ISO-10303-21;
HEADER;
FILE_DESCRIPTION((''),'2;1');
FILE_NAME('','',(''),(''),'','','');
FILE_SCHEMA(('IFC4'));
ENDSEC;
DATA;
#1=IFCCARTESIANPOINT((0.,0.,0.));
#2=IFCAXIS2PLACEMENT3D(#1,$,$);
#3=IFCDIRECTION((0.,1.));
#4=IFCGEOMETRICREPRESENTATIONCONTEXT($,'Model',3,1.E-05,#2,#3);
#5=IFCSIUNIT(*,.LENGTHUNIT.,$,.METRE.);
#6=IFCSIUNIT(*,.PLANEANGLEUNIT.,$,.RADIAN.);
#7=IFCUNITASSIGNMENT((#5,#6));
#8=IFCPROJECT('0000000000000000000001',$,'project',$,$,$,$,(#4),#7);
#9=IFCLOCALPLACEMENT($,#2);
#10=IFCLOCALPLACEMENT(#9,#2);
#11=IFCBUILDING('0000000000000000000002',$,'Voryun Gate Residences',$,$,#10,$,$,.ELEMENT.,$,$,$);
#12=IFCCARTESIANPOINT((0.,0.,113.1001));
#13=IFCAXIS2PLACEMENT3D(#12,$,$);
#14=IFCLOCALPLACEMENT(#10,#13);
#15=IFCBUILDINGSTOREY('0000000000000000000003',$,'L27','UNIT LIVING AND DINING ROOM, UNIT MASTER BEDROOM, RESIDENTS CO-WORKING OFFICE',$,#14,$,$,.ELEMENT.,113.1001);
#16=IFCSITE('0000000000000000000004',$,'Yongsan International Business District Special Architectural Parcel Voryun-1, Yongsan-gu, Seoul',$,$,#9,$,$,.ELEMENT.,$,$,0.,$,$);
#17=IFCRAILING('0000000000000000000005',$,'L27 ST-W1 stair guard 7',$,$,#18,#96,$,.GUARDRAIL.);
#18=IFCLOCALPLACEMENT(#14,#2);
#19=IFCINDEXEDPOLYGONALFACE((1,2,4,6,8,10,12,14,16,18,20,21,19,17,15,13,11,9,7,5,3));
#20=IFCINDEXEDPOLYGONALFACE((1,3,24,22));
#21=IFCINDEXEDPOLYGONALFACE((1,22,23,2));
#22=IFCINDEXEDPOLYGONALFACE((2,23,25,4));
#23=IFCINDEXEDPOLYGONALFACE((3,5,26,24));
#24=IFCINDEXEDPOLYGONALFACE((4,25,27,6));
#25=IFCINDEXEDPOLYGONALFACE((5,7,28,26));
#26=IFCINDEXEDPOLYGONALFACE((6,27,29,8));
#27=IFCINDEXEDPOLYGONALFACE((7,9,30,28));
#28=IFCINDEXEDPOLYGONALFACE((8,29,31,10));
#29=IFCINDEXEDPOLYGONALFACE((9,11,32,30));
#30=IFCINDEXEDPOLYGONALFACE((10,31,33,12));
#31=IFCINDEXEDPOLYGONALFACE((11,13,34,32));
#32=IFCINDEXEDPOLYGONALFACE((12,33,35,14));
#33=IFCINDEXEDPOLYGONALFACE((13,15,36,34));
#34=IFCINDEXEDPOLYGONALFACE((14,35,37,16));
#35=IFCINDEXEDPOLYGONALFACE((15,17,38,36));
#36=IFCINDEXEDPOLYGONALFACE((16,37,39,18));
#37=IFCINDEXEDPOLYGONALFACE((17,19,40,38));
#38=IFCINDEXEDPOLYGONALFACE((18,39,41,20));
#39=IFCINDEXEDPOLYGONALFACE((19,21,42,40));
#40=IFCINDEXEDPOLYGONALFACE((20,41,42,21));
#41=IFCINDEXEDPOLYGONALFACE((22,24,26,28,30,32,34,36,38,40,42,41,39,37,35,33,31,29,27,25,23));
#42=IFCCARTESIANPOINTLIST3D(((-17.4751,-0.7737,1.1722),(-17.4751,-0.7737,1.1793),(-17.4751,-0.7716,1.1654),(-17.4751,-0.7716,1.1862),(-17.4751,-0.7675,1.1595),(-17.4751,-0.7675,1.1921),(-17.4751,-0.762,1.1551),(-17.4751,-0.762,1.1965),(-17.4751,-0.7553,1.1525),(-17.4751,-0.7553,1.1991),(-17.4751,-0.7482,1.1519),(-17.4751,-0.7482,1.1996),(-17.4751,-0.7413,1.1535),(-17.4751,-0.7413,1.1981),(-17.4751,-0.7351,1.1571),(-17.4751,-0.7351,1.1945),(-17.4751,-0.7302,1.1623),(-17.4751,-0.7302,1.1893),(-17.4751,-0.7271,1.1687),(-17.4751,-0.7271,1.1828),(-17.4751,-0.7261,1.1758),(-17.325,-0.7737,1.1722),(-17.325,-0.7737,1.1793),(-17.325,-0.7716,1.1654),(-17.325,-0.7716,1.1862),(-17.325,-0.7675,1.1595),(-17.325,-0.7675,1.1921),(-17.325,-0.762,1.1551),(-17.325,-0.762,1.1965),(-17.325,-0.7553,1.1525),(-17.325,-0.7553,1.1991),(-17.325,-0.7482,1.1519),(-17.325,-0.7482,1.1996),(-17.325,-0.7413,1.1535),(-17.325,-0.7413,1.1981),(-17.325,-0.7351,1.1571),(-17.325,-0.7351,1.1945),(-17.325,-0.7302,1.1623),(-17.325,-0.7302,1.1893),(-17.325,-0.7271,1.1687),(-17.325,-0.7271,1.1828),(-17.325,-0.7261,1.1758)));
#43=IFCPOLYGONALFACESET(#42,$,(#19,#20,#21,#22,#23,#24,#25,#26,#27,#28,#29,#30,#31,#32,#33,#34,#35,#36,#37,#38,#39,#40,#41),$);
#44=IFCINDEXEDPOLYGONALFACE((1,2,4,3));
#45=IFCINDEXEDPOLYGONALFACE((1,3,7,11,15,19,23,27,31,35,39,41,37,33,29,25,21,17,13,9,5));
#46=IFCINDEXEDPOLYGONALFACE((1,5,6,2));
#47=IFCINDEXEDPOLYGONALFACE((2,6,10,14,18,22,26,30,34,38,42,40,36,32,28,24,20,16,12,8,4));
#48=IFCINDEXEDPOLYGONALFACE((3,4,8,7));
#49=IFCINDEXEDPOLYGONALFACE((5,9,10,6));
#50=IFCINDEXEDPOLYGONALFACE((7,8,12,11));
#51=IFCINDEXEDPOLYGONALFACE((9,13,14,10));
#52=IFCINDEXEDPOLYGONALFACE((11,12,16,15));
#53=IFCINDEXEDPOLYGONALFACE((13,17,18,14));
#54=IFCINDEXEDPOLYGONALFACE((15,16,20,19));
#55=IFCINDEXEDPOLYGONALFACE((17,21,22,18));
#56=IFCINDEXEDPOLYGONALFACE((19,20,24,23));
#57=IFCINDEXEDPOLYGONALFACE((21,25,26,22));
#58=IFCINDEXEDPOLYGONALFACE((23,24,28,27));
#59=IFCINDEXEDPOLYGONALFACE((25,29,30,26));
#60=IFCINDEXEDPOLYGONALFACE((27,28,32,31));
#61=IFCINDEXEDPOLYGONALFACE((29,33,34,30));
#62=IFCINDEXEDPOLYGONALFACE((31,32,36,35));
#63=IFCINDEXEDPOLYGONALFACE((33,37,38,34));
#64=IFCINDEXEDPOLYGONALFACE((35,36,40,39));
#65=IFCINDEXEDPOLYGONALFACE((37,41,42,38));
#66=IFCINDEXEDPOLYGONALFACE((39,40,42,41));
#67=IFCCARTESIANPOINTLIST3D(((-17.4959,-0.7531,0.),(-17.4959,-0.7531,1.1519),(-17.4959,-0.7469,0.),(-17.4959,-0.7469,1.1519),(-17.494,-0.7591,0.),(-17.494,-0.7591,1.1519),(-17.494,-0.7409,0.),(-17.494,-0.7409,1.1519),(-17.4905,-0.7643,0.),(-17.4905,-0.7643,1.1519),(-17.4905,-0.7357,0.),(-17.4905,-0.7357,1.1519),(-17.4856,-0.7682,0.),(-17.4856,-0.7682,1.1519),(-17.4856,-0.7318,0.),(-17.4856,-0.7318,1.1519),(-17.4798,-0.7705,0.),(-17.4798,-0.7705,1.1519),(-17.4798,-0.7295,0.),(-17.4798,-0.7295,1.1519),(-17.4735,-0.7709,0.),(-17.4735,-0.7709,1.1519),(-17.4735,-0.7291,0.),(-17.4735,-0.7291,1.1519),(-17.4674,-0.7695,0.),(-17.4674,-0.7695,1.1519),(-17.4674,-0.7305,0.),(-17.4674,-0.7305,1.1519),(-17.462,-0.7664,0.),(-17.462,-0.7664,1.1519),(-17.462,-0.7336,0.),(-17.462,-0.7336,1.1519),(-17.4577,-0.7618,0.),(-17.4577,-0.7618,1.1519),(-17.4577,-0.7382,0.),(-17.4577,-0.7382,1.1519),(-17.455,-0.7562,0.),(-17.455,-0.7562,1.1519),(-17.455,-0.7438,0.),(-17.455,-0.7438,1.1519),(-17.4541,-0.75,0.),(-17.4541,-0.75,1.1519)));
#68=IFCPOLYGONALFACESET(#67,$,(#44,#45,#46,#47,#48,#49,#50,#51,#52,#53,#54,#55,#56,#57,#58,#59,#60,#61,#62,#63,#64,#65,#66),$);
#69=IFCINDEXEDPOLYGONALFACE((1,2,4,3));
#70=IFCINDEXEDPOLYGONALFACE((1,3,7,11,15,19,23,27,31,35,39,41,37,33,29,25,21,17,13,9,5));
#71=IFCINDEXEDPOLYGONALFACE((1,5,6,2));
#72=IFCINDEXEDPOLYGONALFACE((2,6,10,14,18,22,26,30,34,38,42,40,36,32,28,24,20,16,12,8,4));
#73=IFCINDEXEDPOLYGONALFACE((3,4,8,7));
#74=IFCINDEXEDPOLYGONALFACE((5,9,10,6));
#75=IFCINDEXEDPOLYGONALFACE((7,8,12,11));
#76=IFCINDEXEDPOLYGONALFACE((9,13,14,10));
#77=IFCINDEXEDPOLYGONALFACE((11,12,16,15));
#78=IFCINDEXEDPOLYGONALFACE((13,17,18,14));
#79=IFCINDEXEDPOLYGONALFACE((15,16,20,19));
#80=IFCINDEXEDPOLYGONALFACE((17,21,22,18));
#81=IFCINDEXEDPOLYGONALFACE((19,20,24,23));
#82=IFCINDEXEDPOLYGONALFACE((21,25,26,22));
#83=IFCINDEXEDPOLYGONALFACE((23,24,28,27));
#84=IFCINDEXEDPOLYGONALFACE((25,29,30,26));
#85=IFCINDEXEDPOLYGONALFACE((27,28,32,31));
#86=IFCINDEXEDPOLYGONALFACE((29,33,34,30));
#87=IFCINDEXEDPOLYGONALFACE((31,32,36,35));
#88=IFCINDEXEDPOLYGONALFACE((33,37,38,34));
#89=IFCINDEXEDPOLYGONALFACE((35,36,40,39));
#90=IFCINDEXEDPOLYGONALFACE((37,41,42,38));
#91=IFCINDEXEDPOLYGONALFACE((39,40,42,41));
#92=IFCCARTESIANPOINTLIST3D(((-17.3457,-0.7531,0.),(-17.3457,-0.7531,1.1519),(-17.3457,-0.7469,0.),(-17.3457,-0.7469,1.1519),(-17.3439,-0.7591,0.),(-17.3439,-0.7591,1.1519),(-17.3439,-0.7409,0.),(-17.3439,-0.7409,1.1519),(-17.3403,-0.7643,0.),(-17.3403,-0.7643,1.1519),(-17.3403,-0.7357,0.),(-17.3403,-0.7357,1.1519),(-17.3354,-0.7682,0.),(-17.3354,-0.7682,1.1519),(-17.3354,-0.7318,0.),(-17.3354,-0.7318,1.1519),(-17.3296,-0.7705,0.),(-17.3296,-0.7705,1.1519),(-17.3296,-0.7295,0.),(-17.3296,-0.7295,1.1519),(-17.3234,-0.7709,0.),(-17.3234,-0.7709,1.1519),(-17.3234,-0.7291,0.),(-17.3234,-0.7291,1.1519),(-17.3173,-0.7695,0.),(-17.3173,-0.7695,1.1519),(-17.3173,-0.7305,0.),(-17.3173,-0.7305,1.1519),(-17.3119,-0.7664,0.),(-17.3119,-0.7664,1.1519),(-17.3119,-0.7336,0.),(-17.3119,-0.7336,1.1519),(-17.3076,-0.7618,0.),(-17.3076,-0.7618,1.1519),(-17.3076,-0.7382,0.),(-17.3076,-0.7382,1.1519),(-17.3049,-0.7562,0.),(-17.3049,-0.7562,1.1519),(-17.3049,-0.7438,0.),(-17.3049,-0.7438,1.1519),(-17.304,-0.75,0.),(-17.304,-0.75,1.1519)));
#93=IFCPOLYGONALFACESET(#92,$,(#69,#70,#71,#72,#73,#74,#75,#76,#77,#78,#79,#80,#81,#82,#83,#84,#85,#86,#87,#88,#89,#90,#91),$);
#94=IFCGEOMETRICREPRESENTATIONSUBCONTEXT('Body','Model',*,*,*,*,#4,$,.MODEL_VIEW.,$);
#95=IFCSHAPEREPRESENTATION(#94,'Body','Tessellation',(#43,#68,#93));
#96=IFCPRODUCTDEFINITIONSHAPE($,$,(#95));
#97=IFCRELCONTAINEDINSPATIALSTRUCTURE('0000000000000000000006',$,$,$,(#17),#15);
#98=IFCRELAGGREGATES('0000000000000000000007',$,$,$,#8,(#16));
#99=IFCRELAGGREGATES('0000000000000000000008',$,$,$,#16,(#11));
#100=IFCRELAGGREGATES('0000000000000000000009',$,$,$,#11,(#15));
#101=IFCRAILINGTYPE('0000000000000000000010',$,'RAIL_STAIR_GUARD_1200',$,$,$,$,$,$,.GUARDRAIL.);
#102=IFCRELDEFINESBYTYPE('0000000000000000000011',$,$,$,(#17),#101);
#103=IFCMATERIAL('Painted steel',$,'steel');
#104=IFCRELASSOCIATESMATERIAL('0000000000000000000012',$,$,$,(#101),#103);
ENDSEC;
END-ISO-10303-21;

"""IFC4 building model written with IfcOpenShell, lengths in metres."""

from ifc_helpers import new_model, si_unit, direction, frame, origin, origin_2d, place, context, subcontext, project, spatial, circle, extrude, material, type_object, element, save


model = new_model("IFC4")

# Units and contexts
model_context = context("Model", 3, precision=1e-05, world=origin(), true_north=direction((0.0, 1.0)))
body_context = subcontext(model_context, "Body", "Model", "MODEL_VIEW")
ifc_project = project(units=[si_unit("LENGTHUNIT", "METRE"), si_unit("PLANEANGLEUNIT", "RADIAN")], contexts=[model_context])

# Site, building, storey
site_placement = place(None, origin())
site = spatial("IfcSite", under=ifc_project, at=site_placement, Name="Yongsan International Business District Special Architectural Parcel Voryun-1, Yongsan-gu, Seoul", CompositionType="ELEMENT", RefElevation=0.0)
building_placement = place(site_placement, origin())
building = spatial("IfcBuilding", under=site, at=building_placement, Name="Voryun Gate Residences", CompositionType="ELEMENT")
storey_placement = place(building_placement, frame((0.0, 0.0, 113.1001)))
storey = spatial("IfcBuildingStorey", under=building, at=storey_placement, Name="L27", Description="UNIT LIVING AND DINING ROOM, UNIT MASTER BEDROOM, RESIDENTS CO-WORKING OFFICE", CompositionType="ELEMENT", Elevation=113.1001)

# Railing
ifc_material_1 = material(Name="Painted steel", Category="steel")
railing_type_1 = type_object("IfcRailingType", Name="RAIL_STAIR_GUARD_1200", PredefinedType="GUARDRAIL", material=ifc_material_1)
railing_1_placement = place(storey_placement, frame((-17.4751, -0.75, 0.0)))
element("IfcRailing", 1, at=railing_1_placement, inside=storey, type_object=railing_type_1, Name="L27 ST-W1 stair guard 7", PredefinedType="GUARDRAIL", context=body_context, shape_type="SweptSolid", body=[
    extrude(circle(Radius=0.0239, at=origin_2d()), frame((0.0, 0.0, 1.1758), z_axis=(1.0, 0.0, 0.0), x_axis=(0.0, 1.0, 0.0)), (0.0, 0.0, 1.0), 0.1501),
    extrude(circle(Radius=0.021, at=origin_2d()), origin(), (0.0, 0.0, 1.0), 1.1519),
    extrude(circle(Radius=0.021, at=origin_2d()), frame((0.1501, 0.0, 0.0)), (0.0, 0.0, 1.0), 1.1519),
])

save(model, "model.ifc")
